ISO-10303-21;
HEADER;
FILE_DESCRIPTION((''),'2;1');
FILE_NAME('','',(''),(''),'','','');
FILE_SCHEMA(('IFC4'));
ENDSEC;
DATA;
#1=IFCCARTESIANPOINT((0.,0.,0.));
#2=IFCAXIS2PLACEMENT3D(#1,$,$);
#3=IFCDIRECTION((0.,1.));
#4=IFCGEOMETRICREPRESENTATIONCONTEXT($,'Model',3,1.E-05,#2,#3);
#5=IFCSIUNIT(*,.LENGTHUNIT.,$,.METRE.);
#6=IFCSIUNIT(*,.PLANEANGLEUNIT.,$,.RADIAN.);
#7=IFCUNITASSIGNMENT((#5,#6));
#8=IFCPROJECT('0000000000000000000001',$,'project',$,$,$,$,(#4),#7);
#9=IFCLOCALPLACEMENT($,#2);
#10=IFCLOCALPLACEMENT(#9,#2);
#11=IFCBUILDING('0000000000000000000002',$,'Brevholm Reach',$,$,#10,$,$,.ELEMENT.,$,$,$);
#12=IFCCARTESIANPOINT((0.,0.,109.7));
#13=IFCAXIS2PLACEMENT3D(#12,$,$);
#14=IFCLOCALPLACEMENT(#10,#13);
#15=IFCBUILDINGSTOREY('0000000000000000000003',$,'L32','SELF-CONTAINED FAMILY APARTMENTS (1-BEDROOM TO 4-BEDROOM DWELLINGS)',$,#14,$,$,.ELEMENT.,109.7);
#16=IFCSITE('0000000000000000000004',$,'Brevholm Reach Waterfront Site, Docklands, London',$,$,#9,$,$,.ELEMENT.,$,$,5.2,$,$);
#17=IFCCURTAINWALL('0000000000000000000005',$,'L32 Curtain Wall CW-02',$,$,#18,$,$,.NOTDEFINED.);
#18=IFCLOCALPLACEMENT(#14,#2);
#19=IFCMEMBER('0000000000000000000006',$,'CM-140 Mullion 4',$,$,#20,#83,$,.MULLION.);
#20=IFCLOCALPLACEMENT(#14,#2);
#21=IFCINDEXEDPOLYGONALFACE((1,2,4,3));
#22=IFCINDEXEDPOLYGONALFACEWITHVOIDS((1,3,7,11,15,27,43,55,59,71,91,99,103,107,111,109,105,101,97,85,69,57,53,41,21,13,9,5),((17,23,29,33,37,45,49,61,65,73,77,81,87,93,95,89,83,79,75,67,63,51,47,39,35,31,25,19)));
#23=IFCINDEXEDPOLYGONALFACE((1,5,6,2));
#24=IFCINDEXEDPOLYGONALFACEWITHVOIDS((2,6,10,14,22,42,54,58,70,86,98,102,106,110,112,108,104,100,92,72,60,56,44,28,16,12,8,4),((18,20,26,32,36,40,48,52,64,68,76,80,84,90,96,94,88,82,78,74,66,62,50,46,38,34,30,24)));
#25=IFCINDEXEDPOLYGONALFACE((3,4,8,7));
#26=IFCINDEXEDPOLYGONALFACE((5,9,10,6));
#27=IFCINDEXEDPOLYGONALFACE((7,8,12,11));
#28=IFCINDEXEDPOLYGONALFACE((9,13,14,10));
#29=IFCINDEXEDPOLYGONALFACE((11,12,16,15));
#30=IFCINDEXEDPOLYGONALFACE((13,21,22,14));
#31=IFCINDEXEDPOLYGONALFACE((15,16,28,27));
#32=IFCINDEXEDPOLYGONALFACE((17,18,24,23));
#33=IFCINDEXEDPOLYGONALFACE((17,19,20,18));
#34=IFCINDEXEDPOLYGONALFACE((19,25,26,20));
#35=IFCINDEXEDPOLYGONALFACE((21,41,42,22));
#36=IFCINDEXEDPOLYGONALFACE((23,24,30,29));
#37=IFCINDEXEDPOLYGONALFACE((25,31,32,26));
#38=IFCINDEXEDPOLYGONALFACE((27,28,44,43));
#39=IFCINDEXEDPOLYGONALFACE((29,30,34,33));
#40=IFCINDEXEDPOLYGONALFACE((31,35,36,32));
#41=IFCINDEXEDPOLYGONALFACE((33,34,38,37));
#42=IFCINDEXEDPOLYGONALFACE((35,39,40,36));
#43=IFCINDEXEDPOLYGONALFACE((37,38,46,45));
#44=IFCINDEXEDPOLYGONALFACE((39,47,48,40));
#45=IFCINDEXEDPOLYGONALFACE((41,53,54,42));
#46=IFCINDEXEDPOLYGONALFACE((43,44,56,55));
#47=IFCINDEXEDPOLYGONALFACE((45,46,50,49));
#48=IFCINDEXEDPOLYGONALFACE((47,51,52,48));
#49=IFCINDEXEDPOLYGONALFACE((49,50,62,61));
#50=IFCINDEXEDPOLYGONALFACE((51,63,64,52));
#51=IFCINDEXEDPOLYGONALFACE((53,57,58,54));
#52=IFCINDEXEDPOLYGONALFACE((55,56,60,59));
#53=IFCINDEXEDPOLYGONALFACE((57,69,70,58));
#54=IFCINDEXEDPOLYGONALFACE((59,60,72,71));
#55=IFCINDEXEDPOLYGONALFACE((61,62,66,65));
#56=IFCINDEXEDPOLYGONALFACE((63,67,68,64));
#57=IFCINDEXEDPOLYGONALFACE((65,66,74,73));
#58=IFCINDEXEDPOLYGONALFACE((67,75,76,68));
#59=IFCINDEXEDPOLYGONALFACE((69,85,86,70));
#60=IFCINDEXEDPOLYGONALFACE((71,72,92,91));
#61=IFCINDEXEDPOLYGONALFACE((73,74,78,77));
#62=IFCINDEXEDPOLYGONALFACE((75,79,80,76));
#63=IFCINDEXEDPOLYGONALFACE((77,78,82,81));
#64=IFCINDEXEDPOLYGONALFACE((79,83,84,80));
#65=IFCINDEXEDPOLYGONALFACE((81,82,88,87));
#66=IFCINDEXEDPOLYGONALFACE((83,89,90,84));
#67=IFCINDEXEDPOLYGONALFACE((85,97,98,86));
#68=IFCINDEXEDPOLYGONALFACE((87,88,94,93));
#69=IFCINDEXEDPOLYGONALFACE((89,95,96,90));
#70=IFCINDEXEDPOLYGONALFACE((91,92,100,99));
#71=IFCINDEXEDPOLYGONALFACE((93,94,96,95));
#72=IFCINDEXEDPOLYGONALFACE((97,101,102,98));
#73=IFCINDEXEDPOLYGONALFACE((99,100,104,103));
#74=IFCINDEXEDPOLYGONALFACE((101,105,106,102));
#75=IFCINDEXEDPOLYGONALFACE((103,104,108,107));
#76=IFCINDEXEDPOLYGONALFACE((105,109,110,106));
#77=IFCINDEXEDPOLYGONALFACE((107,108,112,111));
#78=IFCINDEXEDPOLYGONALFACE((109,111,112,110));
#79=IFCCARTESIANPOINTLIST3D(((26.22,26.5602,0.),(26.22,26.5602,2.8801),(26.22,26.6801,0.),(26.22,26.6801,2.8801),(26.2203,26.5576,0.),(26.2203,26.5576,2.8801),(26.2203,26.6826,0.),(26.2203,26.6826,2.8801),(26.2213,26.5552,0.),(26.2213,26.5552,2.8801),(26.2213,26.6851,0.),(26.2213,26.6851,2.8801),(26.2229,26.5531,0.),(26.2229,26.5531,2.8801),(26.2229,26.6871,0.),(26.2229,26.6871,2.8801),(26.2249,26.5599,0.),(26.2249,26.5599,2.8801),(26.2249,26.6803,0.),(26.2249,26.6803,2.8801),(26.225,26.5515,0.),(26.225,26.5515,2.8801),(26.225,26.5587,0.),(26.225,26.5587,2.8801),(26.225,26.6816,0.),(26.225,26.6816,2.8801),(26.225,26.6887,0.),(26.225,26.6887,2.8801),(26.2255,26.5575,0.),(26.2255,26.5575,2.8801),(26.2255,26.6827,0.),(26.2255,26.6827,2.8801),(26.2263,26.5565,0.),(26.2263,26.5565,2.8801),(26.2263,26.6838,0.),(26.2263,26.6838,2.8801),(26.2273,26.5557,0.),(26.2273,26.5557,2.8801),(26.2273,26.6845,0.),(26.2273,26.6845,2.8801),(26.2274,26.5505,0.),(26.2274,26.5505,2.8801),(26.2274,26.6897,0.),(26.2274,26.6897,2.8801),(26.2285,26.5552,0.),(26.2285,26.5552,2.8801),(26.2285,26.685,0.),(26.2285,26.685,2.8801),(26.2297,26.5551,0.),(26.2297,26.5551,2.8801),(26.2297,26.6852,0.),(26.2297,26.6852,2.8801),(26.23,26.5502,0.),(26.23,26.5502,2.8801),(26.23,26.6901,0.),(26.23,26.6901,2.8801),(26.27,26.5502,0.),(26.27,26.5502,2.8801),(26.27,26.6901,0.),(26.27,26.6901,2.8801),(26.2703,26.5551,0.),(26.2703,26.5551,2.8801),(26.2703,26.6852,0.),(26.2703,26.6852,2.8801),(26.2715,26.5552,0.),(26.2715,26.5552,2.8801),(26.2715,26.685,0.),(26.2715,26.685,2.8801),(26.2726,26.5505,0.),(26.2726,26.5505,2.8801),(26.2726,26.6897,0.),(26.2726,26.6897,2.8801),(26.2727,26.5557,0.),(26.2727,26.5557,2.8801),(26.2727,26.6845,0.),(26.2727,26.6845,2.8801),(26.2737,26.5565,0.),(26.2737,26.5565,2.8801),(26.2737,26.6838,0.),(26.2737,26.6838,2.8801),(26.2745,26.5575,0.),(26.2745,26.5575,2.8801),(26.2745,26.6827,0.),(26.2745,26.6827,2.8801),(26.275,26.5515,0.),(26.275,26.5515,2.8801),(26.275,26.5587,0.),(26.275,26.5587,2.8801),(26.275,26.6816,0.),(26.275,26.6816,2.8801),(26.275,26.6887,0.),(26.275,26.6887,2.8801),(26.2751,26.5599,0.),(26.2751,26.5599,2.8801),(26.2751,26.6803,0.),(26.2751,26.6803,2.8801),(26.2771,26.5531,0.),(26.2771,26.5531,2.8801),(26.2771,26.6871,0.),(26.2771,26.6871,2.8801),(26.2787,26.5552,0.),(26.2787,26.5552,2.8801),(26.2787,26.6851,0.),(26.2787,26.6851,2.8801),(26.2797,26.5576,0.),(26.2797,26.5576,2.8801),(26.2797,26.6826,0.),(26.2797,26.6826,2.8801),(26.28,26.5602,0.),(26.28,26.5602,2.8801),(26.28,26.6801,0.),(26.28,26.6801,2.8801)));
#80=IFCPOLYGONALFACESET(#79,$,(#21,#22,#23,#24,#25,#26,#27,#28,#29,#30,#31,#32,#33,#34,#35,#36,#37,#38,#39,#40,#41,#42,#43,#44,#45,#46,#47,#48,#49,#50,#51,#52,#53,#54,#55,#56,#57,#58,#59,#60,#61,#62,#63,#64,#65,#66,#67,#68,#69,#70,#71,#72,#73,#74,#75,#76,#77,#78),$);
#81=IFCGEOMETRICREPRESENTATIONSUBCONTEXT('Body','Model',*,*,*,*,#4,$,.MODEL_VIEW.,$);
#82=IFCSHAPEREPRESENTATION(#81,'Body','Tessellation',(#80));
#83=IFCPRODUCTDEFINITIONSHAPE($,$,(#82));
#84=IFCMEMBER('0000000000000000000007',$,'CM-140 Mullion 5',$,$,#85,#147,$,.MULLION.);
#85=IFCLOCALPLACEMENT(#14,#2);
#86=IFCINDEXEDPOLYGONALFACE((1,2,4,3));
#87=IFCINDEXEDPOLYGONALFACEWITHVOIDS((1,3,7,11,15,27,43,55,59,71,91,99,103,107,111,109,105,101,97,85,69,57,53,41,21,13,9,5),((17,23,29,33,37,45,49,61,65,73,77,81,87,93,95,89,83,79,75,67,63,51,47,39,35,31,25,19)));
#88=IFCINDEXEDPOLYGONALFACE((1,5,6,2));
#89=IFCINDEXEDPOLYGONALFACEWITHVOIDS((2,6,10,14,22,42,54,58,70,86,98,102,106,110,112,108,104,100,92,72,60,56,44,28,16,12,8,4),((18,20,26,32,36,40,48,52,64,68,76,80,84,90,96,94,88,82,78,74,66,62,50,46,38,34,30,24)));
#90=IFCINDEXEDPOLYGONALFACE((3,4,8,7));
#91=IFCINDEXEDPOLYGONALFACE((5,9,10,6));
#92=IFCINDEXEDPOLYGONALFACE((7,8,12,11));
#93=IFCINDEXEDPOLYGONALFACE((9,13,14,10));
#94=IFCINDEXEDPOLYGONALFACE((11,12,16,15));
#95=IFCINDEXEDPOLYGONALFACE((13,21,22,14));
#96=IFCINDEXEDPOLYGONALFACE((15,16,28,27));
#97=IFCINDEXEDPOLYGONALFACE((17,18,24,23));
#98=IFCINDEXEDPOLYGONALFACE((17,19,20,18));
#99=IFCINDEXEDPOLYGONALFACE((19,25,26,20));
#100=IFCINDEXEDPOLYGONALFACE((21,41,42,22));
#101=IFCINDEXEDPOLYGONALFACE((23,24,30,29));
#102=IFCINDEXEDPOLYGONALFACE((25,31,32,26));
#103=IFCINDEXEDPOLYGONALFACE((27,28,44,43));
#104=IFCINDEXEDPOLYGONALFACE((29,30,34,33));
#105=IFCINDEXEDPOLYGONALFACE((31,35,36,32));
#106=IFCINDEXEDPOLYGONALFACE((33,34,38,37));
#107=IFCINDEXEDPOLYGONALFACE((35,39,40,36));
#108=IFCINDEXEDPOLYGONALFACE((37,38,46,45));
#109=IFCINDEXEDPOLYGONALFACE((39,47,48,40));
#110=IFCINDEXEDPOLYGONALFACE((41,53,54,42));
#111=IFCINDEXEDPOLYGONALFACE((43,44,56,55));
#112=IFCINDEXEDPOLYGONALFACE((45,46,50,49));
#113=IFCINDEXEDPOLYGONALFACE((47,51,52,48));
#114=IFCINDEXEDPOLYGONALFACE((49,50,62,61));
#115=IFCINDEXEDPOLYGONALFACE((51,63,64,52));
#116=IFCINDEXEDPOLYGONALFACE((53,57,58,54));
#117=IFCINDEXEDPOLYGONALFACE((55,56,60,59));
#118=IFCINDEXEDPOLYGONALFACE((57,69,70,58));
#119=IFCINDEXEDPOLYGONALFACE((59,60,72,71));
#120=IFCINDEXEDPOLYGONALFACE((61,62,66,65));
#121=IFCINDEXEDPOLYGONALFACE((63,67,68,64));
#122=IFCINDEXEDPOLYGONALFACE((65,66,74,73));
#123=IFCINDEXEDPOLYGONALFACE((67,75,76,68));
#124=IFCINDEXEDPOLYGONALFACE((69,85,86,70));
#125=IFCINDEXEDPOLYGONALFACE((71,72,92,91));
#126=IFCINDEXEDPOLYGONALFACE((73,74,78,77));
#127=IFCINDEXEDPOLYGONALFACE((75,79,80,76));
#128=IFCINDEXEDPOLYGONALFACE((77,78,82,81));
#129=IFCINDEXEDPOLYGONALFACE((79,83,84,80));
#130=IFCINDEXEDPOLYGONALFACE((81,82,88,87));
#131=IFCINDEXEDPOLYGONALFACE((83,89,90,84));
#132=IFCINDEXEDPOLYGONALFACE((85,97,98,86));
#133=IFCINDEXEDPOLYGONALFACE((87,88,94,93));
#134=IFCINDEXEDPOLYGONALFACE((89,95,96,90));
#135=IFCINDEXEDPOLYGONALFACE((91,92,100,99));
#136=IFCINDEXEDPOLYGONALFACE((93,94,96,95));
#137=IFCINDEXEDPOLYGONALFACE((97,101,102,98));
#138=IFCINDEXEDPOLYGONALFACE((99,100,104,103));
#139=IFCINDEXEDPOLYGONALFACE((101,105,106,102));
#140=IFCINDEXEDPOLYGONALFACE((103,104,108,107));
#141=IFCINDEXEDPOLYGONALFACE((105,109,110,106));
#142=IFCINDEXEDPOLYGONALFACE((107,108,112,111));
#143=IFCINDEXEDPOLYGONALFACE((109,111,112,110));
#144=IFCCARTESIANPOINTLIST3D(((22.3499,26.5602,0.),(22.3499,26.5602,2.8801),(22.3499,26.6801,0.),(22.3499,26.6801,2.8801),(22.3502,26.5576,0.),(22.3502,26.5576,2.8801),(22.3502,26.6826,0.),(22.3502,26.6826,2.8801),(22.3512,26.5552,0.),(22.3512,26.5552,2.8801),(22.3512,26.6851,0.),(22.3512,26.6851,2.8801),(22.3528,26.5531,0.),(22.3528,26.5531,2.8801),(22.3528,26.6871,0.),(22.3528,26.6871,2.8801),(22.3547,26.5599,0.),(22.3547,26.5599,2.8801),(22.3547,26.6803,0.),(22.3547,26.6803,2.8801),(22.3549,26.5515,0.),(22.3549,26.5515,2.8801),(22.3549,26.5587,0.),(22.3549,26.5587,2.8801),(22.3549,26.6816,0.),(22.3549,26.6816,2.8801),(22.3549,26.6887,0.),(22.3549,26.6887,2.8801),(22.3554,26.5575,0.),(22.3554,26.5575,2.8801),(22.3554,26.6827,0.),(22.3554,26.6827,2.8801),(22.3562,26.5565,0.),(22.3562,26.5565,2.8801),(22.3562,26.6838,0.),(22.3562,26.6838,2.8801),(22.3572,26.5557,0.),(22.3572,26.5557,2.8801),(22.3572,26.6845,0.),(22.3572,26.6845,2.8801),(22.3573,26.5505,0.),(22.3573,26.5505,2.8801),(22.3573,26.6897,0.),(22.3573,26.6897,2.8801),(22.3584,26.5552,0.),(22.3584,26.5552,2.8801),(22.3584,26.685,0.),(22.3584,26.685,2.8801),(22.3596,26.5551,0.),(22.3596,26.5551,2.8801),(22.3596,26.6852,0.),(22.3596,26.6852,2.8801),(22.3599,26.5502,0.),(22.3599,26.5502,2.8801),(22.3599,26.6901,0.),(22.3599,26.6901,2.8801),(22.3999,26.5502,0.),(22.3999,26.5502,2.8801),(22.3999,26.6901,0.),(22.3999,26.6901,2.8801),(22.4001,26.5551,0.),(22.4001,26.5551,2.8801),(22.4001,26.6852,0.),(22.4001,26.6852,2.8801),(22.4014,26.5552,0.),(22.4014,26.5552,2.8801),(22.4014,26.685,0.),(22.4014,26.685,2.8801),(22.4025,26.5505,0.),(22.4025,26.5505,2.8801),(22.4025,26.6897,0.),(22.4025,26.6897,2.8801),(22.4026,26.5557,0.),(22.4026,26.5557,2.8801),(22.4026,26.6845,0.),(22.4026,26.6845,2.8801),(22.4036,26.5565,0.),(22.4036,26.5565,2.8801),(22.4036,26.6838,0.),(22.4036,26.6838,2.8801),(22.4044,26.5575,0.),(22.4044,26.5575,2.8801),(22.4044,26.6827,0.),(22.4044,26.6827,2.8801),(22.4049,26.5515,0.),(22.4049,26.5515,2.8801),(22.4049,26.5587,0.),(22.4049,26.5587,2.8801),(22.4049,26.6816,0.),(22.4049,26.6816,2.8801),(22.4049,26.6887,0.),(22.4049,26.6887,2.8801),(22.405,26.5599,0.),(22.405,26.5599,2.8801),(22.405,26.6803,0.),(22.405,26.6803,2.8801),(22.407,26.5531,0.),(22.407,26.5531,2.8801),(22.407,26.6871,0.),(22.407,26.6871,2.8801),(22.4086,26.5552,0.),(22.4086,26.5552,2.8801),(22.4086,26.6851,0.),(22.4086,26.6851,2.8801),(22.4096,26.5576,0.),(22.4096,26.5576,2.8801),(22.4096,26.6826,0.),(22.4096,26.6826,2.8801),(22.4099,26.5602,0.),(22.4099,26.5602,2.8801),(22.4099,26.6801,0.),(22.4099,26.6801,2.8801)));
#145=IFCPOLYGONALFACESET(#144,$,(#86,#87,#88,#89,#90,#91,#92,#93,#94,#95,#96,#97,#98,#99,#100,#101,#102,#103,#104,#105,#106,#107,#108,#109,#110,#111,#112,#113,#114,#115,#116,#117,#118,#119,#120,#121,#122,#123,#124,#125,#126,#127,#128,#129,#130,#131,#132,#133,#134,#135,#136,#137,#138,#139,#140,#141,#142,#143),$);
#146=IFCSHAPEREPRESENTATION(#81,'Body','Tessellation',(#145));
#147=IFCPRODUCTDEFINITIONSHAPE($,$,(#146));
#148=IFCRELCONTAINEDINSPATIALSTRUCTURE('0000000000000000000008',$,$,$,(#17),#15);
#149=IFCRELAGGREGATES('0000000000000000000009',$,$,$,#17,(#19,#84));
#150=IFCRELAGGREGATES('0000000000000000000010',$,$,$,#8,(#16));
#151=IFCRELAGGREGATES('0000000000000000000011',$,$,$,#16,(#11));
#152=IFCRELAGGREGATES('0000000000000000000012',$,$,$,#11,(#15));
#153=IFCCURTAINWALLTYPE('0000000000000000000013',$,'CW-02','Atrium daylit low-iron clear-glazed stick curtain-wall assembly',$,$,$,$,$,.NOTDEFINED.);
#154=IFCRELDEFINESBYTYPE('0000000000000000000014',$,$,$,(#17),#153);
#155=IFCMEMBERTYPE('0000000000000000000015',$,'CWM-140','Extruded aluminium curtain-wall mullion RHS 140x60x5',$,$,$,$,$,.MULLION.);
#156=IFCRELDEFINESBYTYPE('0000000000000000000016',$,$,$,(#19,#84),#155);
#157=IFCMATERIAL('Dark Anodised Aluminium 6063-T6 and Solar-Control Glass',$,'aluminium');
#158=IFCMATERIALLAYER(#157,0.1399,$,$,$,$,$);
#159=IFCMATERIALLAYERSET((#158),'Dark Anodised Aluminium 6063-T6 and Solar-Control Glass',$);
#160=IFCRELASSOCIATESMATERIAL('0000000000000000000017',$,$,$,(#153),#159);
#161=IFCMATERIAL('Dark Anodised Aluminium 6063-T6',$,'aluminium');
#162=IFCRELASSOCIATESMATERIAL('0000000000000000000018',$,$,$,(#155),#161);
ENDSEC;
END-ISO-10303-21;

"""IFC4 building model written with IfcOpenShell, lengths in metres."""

from ifc_helpers import new_model, si_unit, direction, frame, origin, origin_2d, place, context, subcontext, project, spatial, hollow_rectangle, extrude, material, layer, layer_set, material_profile, profile_set, type_object, element, aggregate, save


model = new_model("IFC4")

# Units and contexts
model_context = context("Model", 3, precision=1e-05, world=origin(), true_north=direction((0.0, 1.0)))
body_context = subcontext(model_context, "Body", "Model", "MODEL_VIEW")
ifc_project = project(units=[si_unit("LENGTHUNIT", "METRE"), si_unit("PLANEANGLEUNIT", "RADIAN")], contexts=[model_context])

# Site, building, storey
site_placement = place(None, origin())
site = spatial("IfcSite", under=ifc_project, at=site_placement, Name="Brevholm Reach Waterfront Site, Docklands, London", CompositionType="ELEMENT", RefElevation=5.2)
building_placement = place(site_placement, origin())
building = spatial("IfcBuilding", under=site, at=building_placement, Name="Brevholm Reach", CompositionType="ELEMENT")
storey_placement = place(building_placement, frame((0.0, 0.0, 109.7)))
storey = spatial("IfcBuildingStorey", under=building, at=storey_placement, Name="L32", Description="SELF-CONTAINED FAMILY APARTMENTS (1-BEDROOM TO 4-BEDROOM DWELLINGS)", CompositionType="ELEMENT", Elevation=109.7)

# Curtain wall, members
ifc_material_1 = material(Name="Dark Anodised Aluminium 6063-T6 and Solar-Control Glass", Category="aluminium")
ifc_layer_1 = layer(ifc_material_1, 0.1399)
ifc_layer_set_1 = layer_set([ifc_layer_1], Name="Dark Anodised Aluminium 6063-T6 and Solar-Control Glass")
curtain_wall_type = type_object("IfcCurtainWallType", Name="CW-02", Description="Atrium daylit low-iron clear-glazed stick curtain-wall assembly", PredefinedType="NOTDEFINED", material=ifc_layer_set_1)
curtain_wall_placement = place(storey_placement, origin())
curtain_wall = element("IfcCurtainWall", 1, at=curtain_wall_placement, inside=storey, type_object=curtain_wall_type, Name="L32 Curtain Wall CW-02", PredefinedType="NOTDEFINED")
ifc_material_2 = material(Name="Dark Anodised Aluminium 6063-T6", Category="aluminium")
ifc_material_profile_1 = material_profile(ifc_material_2, hollow_rectangle(XDim=0.0601, YDim=0.1399, WallThickness=0.0049, InnerFilletRadius=0.0049, OuterFilletRadius=0.01, at=origin_2d()), Name="RHS 140x60x5")
ifc_profile_set_1 = profile_set([ifc_material_profile_1], Name="Dark Anodised Aluminium 6063-T6")
member_type_1 = type_object("IfcMemberType", Name="CWM-140", Description="Extruded aluminium curtain-wall mullion RHS 140x60x5", PredefinedType="MULLION", material=ifc_profile_set_1)
member_1_placement = place(storey_placement, frame((26.25, 26.6201, 0.0), z_axis=(0.0, 0.0, 1.0), x_axis=(-1.0, 0.0, 0.0)))
member_1 = element("IfcMember", 2, at=member_1_placement, type_object=member_type_1, Name="CM-140 Mullion 4", PredefinedType="MULLION", context=body_context, shape_type="SweptSolid", body=[
    extrude(hollow_rectangle(XDim=0.0601, YDim=0.1399, WallThickness=0.0049, InnerFilletRadius=0.0049, OuterFilletRadius=0.01, at=origin_2d()), origin(), (0.0, 0.0, 1.0), 2.8801),
])
member_2_placement = place(storey_placement, frame((22.3799, 26.6201, 0.0), z_axis=(0.0, 0.0, 1.0), x_axis=(-1.0, 0.0, 0.0)))
member_2 = element("IfcMember", 3, at=member_2_placement, type_object=member_type_1, Name="CM-140 Mullion 5", PredefinedType="MULLION", context=body_context, shape_type="SweptSolid", body=[
    extrude(hollow_rectangle(XDim=0.0601, YDim=0.1399, WallThickness=0.0049, InnerFilletRadius=0.0049, OuterFilletRadius=0.01, at=origin_2d()), origin(), (0.0, 0.0, 1.0), 2.8801),
])
aggregate(curtain_wall, [member_1, member_2])

save(model, "model.ifc")
